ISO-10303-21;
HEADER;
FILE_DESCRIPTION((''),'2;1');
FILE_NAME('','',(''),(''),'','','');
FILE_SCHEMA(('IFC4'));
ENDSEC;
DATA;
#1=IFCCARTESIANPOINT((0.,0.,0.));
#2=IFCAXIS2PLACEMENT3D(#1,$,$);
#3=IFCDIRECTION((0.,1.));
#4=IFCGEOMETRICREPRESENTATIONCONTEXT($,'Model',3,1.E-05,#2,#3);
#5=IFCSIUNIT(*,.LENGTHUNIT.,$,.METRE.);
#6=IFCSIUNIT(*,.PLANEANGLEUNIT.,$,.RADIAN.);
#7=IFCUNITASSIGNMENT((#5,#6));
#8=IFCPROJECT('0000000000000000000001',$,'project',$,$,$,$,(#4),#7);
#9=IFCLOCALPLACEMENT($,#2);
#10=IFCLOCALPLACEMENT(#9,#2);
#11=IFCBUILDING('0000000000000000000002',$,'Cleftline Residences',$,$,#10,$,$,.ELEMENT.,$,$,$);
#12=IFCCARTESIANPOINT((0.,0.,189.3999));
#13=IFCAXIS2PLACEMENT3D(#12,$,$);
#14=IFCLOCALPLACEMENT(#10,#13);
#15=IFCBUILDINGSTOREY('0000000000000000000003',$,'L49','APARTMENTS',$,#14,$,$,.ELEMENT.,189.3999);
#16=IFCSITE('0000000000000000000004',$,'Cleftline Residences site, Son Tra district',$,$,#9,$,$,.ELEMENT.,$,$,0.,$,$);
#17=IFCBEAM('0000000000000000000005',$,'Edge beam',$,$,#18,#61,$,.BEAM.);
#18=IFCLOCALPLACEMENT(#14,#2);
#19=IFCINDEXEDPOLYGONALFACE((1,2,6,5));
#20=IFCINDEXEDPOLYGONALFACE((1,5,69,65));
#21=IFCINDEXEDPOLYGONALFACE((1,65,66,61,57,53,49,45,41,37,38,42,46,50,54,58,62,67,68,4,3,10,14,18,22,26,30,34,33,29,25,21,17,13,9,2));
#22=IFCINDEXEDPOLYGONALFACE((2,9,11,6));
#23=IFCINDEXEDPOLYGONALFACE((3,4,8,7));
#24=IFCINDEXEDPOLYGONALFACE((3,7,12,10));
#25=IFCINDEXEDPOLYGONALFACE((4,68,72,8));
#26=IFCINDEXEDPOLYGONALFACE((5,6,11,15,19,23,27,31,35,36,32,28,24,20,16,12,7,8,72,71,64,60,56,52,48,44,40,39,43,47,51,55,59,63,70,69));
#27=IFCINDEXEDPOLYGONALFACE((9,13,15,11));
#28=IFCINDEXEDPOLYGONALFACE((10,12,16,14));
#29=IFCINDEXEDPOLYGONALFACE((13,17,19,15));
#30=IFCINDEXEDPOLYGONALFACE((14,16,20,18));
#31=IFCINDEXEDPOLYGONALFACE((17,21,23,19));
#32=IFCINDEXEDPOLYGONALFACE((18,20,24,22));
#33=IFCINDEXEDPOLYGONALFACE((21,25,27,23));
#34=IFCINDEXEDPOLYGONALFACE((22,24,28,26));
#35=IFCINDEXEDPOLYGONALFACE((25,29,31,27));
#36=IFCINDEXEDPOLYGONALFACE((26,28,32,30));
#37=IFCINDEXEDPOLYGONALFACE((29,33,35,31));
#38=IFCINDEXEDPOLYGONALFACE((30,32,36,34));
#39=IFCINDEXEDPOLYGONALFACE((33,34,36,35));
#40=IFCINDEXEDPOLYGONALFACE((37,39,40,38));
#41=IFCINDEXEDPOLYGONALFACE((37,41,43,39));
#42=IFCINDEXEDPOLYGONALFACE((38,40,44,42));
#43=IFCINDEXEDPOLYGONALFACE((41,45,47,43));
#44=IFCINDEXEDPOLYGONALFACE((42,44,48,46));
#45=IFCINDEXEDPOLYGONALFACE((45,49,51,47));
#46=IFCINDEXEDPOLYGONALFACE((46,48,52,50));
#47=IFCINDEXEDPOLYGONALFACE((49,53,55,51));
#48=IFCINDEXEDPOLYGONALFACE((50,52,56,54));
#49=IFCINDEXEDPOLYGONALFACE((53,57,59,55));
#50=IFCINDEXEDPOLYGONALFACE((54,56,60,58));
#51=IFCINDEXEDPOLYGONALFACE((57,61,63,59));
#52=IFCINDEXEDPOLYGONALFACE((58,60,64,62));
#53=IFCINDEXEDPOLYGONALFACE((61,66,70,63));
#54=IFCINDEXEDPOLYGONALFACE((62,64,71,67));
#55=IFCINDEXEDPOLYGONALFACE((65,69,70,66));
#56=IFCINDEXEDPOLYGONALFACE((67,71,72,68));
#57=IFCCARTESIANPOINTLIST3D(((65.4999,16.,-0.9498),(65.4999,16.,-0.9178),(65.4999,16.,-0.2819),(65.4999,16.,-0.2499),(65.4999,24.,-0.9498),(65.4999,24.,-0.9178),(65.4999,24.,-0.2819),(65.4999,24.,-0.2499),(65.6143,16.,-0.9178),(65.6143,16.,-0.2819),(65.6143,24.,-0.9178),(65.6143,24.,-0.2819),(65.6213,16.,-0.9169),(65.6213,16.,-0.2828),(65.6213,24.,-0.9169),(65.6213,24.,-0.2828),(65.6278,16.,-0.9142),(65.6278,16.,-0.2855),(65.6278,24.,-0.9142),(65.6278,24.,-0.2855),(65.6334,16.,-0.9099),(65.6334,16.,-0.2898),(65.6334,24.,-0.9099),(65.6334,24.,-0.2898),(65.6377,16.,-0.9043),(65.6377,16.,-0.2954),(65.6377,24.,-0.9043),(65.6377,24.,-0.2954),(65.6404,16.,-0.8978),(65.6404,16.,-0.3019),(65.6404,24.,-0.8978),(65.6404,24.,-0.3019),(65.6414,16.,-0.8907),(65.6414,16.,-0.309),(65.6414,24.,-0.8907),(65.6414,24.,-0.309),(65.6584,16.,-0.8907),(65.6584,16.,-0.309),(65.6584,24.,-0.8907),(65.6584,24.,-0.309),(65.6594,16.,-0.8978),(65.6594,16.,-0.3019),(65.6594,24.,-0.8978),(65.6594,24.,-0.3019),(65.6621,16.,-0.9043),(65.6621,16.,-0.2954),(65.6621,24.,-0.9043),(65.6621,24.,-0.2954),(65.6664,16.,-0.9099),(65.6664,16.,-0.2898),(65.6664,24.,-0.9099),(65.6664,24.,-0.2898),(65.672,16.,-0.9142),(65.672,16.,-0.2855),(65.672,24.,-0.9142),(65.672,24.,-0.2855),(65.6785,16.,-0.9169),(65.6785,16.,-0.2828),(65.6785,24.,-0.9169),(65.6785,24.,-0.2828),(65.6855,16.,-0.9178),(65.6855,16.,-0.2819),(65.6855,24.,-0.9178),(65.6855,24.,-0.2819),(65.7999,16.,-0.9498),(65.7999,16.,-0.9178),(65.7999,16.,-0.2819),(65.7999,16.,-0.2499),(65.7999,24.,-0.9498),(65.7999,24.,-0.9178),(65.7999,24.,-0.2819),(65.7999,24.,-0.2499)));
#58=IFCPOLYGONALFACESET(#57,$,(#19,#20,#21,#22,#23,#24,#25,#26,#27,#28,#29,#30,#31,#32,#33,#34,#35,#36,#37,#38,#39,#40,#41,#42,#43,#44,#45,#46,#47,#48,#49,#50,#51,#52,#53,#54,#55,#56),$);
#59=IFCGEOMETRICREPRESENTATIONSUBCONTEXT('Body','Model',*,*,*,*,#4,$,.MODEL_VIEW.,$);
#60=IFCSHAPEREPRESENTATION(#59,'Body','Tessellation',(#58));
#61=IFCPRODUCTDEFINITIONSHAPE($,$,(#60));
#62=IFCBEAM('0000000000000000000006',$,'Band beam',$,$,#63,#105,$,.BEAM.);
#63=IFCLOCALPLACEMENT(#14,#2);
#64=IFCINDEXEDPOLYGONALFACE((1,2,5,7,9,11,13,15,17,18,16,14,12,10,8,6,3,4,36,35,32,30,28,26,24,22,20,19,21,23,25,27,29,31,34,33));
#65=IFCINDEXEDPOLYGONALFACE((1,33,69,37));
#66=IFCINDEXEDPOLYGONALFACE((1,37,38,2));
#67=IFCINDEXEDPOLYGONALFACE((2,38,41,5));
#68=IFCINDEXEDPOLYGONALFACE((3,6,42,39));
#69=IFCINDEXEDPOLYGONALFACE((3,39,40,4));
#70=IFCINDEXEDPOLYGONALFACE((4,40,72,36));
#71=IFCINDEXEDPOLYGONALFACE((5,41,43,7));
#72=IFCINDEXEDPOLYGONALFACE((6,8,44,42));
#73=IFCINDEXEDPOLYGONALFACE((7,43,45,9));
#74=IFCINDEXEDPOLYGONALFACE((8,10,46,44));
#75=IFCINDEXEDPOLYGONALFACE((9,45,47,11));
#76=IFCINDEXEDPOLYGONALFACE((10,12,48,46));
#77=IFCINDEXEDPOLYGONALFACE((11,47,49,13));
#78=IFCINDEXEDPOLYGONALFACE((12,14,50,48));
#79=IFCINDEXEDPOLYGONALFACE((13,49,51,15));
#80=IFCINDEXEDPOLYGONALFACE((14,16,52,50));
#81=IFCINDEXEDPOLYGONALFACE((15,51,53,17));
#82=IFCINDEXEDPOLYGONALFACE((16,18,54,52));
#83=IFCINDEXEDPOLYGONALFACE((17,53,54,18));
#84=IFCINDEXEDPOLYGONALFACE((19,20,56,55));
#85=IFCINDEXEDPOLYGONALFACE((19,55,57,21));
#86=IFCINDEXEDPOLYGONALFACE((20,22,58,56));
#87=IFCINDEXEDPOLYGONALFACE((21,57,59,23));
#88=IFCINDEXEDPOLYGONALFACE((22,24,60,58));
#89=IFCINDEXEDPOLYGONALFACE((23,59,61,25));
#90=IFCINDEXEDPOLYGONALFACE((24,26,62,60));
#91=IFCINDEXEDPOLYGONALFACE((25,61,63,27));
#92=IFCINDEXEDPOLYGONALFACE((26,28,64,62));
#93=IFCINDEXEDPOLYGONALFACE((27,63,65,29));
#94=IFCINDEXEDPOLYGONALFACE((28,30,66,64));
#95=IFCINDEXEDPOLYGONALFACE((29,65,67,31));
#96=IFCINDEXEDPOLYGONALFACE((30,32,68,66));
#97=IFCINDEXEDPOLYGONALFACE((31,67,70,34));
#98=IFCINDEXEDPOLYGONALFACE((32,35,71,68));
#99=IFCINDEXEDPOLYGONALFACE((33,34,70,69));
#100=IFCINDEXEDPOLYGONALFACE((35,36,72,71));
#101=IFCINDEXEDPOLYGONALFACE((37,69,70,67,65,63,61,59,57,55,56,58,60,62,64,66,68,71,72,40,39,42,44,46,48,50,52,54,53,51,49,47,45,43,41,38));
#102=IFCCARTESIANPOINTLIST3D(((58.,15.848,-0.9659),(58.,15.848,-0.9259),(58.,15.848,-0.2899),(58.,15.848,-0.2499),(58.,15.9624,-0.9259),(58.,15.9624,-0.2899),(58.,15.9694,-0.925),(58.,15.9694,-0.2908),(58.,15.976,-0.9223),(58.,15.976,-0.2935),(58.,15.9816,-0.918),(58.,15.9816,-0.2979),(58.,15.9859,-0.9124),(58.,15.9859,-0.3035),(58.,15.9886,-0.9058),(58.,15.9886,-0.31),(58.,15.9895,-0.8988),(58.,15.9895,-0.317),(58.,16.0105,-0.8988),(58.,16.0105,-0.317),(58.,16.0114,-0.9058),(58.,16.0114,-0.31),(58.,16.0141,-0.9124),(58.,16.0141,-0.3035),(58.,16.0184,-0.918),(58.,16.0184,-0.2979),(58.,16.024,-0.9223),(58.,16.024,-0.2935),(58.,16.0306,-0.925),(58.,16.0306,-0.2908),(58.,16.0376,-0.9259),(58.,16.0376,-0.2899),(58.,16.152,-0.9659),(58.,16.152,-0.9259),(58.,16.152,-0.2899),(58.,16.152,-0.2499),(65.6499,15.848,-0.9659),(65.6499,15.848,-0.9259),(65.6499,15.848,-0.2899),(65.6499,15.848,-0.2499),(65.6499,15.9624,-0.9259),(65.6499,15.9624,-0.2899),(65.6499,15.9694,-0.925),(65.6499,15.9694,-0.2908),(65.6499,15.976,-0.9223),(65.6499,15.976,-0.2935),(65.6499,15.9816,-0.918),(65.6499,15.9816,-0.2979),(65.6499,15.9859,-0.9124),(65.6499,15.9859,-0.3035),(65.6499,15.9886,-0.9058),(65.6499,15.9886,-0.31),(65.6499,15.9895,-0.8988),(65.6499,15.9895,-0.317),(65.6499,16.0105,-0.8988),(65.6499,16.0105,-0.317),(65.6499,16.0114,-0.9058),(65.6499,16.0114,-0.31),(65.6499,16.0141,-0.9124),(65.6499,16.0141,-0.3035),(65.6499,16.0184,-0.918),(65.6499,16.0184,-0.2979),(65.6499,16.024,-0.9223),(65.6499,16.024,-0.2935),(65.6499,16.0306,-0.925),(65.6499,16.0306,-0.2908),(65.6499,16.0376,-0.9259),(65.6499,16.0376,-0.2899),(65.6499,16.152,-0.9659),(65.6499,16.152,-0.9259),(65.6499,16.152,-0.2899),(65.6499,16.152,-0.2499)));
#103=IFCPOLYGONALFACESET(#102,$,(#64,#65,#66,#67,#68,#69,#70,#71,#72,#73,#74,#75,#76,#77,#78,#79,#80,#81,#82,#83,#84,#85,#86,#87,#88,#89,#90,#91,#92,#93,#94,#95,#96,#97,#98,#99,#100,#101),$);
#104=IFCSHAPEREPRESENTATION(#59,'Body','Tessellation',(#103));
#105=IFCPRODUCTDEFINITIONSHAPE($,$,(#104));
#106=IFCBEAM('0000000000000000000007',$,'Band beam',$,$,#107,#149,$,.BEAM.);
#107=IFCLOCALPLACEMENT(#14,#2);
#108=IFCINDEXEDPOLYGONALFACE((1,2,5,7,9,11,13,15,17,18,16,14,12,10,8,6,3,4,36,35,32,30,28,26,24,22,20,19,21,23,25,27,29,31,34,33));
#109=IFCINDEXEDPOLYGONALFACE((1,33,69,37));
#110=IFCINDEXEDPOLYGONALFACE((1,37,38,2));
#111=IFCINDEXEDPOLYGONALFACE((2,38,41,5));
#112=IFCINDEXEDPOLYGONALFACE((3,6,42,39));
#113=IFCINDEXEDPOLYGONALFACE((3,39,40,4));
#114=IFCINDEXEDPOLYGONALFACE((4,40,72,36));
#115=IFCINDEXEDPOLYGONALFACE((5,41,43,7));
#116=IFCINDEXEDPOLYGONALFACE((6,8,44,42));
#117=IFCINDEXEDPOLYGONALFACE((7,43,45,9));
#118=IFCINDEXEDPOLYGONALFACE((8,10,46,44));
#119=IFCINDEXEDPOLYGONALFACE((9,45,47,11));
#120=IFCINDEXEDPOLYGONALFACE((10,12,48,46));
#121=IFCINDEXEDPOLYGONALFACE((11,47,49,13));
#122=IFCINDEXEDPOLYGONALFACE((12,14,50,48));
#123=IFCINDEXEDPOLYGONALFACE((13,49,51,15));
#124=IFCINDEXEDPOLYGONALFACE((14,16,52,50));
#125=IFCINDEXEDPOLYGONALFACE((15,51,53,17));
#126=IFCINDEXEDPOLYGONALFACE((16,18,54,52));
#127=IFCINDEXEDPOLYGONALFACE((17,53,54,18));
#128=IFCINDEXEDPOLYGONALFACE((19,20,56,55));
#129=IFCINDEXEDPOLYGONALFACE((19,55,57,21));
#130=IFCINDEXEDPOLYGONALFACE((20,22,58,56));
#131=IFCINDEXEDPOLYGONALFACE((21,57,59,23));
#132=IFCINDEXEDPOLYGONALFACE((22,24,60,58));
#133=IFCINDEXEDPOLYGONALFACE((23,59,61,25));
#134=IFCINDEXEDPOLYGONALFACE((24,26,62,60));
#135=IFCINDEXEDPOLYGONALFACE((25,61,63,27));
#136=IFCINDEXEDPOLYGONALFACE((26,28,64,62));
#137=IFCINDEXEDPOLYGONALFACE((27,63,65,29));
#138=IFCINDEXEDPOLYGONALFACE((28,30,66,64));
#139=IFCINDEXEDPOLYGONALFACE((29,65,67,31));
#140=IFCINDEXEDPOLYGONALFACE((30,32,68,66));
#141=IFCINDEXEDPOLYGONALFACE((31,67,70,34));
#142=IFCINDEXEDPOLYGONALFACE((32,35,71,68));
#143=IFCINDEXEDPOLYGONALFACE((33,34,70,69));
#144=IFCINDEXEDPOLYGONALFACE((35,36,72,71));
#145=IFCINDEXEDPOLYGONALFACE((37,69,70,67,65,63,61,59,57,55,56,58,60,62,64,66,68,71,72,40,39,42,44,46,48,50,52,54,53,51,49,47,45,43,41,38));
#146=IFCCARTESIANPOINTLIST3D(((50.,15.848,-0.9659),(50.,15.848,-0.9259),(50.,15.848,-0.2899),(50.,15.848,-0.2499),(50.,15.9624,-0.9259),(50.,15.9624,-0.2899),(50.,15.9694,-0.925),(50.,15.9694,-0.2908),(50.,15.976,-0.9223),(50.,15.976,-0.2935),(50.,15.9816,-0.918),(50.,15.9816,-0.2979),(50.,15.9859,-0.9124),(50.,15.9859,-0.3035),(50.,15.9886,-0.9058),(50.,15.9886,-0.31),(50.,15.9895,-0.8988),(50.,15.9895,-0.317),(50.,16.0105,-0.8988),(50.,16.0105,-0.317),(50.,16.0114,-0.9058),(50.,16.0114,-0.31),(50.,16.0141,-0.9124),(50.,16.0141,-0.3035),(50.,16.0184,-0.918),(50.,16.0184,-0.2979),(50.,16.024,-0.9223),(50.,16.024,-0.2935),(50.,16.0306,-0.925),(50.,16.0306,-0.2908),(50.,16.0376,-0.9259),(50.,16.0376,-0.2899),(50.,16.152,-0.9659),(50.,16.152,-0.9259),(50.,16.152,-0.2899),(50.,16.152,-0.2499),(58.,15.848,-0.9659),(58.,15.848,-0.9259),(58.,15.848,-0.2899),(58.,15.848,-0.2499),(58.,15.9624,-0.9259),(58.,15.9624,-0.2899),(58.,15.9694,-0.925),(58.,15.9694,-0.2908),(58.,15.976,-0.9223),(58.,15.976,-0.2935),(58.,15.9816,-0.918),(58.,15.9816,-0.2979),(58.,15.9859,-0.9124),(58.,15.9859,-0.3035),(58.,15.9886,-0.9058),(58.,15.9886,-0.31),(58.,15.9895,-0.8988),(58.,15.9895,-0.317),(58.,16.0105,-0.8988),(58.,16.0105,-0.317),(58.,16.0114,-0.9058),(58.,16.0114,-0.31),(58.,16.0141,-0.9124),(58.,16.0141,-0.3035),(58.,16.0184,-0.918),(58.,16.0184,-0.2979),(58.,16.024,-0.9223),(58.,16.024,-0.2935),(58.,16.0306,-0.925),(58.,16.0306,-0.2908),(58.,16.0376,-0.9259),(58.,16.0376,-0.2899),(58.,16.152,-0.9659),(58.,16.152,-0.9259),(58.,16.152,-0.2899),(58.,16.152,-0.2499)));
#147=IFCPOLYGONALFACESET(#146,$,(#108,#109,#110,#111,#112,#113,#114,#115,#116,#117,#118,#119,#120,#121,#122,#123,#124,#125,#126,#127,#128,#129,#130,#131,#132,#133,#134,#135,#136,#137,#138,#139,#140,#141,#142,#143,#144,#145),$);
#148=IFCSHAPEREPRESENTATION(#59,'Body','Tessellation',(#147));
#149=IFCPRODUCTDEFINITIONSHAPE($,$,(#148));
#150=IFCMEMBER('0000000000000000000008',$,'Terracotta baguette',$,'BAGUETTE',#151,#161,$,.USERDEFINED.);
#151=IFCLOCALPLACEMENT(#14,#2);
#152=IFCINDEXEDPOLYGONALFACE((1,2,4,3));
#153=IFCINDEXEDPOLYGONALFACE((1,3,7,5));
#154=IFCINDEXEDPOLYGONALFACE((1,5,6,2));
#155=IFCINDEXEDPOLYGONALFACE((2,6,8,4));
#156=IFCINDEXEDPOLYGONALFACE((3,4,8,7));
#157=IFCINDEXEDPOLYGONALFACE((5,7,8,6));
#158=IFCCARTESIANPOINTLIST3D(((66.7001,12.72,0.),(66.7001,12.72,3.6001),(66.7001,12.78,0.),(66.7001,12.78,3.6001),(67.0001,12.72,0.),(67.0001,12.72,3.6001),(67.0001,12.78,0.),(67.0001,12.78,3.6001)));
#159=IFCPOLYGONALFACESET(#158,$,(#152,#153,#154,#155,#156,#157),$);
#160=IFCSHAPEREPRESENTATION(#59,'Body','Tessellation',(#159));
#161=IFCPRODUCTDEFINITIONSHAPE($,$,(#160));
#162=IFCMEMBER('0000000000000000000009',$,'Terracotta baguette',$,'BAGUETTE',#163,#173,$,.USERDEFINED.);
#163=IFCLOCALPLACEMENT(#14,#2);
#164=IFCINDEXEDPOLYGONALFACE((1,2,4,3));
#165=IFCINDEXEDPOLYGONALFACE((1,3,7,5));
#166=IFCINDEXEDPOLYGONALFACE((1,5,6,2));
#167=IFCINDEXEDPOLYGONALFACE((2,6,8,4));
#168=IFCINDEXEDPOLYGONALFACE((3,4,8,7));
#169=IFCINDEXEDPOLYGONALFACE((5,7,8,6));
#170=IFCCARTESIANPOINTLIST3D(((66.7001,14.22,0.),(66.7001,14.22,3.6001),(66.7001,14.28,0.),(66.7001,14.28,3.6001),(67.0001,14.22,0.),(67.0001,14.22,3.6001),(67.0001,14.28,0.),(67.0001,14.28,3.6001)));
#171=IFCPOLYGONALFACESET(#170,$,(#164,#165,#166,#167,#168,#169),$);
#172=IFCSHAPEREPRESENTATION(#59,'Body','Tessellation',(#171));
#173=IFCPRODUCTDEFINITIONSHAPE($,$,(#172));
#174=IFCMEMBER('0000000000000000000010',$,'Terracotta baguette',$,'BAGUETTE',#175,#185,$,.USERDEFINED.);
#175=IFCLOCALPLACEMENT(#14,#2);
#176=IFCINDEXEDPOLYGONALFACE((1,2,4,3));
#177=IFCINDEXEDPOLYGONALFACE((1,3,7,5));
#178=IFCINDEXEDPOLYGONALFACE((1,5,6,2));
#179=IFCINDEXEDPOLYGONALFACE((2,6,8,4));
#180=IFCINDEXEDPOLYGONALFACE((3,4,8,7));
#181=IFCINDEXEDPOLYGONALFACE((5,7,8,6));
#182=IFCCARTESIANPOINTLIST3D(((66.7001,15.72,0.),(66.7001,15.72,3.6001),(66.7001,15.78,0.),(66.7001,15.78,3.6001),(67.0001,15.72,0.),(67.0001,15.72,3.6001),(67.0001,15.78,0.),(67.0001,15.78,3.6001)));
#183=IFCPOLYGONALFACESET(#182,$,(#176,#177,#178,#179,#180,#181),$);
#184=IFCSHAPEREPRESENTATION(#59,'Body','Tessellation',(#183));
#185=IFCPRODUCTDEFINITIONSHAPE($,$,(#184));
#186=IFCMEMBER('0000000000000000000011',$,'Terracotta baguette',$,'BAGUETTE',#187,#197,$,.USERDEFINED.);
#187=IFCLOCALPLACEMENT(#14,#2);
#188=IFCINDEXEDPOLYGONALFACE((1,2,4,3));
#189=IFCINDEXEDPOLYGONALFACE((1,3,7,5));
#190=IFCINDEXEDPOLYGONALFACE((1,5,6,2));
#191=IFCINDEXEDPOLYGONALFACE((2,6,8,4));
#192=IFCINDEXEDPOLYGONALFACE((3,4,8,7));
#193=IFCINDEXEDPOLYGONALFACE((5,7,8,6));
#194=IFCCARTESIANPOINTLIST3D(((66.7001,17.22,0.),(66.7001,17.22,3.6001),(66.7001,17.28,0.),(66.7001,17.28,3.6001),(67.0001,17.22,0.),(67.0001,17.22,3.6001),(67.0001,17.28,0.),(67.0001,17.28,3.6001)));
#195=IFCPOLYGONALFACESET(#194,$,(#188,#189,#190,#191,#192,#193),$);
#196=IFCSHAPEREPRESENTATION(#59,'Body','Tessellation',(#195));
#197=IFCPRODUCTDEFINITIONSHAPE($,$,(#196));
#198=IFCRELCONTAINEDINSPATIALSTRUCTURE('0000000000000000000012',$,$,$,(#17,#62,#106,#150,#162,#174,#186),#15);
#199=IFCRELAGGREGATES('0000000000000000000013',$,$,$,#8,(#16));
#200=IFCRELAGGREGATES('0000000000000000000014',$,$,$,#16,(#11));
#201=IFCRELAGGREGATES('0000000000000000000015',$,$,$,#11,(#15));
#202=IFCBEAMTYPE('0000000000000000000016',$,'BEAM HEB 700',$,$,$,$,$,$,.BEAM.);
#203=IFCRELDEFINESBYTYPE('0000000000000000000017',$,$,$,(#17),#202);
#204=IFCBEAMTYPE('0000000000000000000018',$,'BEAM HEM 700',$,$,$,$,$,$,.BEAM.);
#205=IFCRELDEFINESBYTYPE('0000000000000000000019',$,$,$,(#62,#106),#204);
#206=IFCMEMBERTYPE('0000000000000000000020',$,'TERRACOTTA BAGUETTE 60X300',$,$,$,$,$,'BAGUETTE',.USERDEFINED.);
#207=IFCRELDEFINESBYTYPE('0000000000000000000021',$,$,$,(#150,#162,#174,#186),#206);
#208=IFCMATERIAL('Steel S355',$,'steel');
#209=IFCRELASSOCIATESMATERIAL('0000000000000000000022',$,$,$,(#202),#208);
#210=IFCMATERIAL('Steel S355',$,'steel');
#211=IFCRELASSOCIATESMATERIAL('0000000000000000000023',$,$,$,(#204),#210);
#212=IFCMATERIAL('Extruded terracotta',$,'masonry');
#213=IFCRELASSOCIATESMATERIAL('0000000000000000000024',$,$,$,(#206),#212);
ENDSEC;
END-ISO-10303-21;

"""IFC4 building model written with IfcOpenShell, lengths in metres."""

from ifc_helpers import new_model, si_unit, direction, frame, origin, origin_2d, place, context, subcontext, project, spatial, rectangle, i_section, extrude, material, material_profile, profile_set, type_object, element, save


model = new_model("IFC4")

# Units and contexts
model_context = context("Model", 3, precision=1e-05, world=origin(), true_north=direction((0.0, 1.0)))
body_context = subcontext(model_context, "Body", "Model", "MODEL_VIEW")
ifc_project = project(units=[si_unit("LENGTHUNIT", "METRE"), si_unit("PLANEANGLEUNIT", "RADIAN")], contexts=[model_context])

# Site, building, storey
site_placement = place(None, origin())
site = spatial("IfcSite", under=ifc_project, at=site_placement, Name="Cleftline Residences site, Son Tra district", CompositionType="ELEMENT", RefElevation=0.0)
building_placement = place(site_placement, origin())
building = spatial("IfcBuilding", under=site, at=building_placement, Name="Cleftline Residences", CompositionType="ELEMENT")
storey_placement = place(building_placement, frame((0.0, 0.0, 189.3999)))
storey = spatial("IfcBuildingStorey", under=building, at=storey_placement, Name="L49", Description="APARTMENTS", CompositionType="ELEMENT", Elevation=189.3999)

# Beams
ifc_material_1 = material(Name="Steel S355", Category="steel")
ifc_material_profile_1 = material_profile(ifc_material_1, i_section(OverallWidth=0.3, OverallDepth=0.7, WebThickness=0.0171, FlangeThickness=0.032, FilletRadius=0.0271, at=origin_2d()))
ifc_profile_set_1 = profile_set([ifc_material_profile_1], Name="Steel S355")
beam_type_1 = type_object("IfcBeamType", Name="BEAM HEB 700", PredefinedType="BEAM", material=ifc_profile_set_1)
beam_1_placement = place(storey_placement, frame((65.6499, 16.0, -0.5999), z_axis=(0.0, 1.0, 0.0), x_axis=(-1.0, 0.0, 0.0)))
element("IfcBeam", 1, at=beam_1_placement, inside=storey, type_object=beam_type_1, Name="Edge beam", PredefinedType="BEAM", context=body_context, shape_type="SweptSolid", body=[
    extrude(i_section(OverallWidth=0.3, OverallDepth=0.7, WebThickness=0.0171, FlangeThickness=0.032, FilletRadius=0.0271, at=origin_2d()), origin(), (0.0, 0.0, 1.0), 8.0),
])
ifc_material_2 = material(Name="Steel S355", Category="steel")
ifc_material_profile_2 = material_profile(ifc_material_2, i_section(OverallWidth=0.304, OverallDepth=0.7161, WebThickness=0.021, FlangeThickness=0.04, FilletRadius=0.0271, at=origin_2d()))
ifc_profile_set_2 = profile_set([ifc_material_profile_2], Name="Steel S355")
beam_type_2 = type_object("IfcBeamType", Name="BEAM HEM 700", PredefinedType="BEAM", material=ifc_profile_set_2)
beam_2_placement = place(storey_placement, frame((65.6499, 16.0, -0.6079), z_axis=(-1.0, 0.0, 0.0), x_axis=(0.0, -1.0, 0.0)))
element("IfcBeam", 2, at=beam_2_placement, inside=storey, type_object=beam_type_2, Name="Band beam", PredefinedType="BEAM", context=body_context, shape_type="SweptSolid", body=[
    extrude(i_section(OverallWidth=0.304, OverallDepth=0.7161, WebThickness=0.021, FlangeThickness=0.04, FilletRadius=0.0271, at=origin_2d()), origin(), (0.0, 0.0, 1.0), 7.6499),
])
beam_3_placement = place(storey_placement, frame((58.0, 16.0, -0.6079), z_axis=(-1.0, 0.0, 0.0), x_axis=(0.0, -1.0, 0.0)))
element("IfcBeam", 3, at=beam_3_placement, inside=storey, type_object=beam_type_2, Name="Band beam", PredefinedType="BEAM", context=body_context, shape_type="SweptSolid", body=[
    extrude(i_section(OverallWidth=0.304, OverallDepth=0.7161, WebThickness=0.021, FlangeThickness=0.04, FilletRadius=0.0271, at=origin_2d()), origin(), (0.0, 0.0, 1.0), 8.0),
])

# Members
ifc_material_3 = material(Name="Extruded terracotta", Category="masonry")
ifc_material_profile_3 = material_profile(ifc_material_3, rectangle(XDim=0.0601, YDim=0.3, at=origin_2d()))
ifc_profile_set_3 = profile_set([ifc_material_profile_3], Name="Extruded terracotta")
member_type_1 = type_object("IfcMemberType", Name="TERRACOTTA BAGUETTE 60X300", ElementType="BAGUETTE", PredefinedType="USERDEFINED", material=ifc_profile_set_3)
for number, where, z_axis, x_axis, name in (
    (4, (66.8501, 12.75, 0.0), (0.0, 0.0, 1.0), (0.0, 1.0, 0.0), "Terracotta baguette"),
    (5, (66.8501, 14.25, 0.0), (0.0, 0.0, 1.0), (0.0, 1.0, 0.0), "Terracotta baguette"),
    (6, (66.8501, 15.75, 0.0), (0.0, 0.0, 1.0), (0.0, 1.0, 0.0), "Terracotta baguette"),
    (7, (66.8501, 17.25, 0.0), (0.0, 0.0, 1.0), (0.0, 1.0, 0.0), "Terracotta baguette"),
):
    element("IfcMember", number, at=place(storey_placement, frame(where, z_axis=z_axis, x_axis=x_axis)), inside=storey, type_object=member_type_1, Name=name, ObjectType="BAGUETTE", PredefinedType="USERDEFINED", context=body_context, shape_type="SweptSolid", body=[
        extrude(rectangle(XDim=0.0601, YDim=0.3, at=origin_2d()), origin(), (0.0, 0.0, 1.0), 3.6001),
    ])

save(model, "model.ifc")
